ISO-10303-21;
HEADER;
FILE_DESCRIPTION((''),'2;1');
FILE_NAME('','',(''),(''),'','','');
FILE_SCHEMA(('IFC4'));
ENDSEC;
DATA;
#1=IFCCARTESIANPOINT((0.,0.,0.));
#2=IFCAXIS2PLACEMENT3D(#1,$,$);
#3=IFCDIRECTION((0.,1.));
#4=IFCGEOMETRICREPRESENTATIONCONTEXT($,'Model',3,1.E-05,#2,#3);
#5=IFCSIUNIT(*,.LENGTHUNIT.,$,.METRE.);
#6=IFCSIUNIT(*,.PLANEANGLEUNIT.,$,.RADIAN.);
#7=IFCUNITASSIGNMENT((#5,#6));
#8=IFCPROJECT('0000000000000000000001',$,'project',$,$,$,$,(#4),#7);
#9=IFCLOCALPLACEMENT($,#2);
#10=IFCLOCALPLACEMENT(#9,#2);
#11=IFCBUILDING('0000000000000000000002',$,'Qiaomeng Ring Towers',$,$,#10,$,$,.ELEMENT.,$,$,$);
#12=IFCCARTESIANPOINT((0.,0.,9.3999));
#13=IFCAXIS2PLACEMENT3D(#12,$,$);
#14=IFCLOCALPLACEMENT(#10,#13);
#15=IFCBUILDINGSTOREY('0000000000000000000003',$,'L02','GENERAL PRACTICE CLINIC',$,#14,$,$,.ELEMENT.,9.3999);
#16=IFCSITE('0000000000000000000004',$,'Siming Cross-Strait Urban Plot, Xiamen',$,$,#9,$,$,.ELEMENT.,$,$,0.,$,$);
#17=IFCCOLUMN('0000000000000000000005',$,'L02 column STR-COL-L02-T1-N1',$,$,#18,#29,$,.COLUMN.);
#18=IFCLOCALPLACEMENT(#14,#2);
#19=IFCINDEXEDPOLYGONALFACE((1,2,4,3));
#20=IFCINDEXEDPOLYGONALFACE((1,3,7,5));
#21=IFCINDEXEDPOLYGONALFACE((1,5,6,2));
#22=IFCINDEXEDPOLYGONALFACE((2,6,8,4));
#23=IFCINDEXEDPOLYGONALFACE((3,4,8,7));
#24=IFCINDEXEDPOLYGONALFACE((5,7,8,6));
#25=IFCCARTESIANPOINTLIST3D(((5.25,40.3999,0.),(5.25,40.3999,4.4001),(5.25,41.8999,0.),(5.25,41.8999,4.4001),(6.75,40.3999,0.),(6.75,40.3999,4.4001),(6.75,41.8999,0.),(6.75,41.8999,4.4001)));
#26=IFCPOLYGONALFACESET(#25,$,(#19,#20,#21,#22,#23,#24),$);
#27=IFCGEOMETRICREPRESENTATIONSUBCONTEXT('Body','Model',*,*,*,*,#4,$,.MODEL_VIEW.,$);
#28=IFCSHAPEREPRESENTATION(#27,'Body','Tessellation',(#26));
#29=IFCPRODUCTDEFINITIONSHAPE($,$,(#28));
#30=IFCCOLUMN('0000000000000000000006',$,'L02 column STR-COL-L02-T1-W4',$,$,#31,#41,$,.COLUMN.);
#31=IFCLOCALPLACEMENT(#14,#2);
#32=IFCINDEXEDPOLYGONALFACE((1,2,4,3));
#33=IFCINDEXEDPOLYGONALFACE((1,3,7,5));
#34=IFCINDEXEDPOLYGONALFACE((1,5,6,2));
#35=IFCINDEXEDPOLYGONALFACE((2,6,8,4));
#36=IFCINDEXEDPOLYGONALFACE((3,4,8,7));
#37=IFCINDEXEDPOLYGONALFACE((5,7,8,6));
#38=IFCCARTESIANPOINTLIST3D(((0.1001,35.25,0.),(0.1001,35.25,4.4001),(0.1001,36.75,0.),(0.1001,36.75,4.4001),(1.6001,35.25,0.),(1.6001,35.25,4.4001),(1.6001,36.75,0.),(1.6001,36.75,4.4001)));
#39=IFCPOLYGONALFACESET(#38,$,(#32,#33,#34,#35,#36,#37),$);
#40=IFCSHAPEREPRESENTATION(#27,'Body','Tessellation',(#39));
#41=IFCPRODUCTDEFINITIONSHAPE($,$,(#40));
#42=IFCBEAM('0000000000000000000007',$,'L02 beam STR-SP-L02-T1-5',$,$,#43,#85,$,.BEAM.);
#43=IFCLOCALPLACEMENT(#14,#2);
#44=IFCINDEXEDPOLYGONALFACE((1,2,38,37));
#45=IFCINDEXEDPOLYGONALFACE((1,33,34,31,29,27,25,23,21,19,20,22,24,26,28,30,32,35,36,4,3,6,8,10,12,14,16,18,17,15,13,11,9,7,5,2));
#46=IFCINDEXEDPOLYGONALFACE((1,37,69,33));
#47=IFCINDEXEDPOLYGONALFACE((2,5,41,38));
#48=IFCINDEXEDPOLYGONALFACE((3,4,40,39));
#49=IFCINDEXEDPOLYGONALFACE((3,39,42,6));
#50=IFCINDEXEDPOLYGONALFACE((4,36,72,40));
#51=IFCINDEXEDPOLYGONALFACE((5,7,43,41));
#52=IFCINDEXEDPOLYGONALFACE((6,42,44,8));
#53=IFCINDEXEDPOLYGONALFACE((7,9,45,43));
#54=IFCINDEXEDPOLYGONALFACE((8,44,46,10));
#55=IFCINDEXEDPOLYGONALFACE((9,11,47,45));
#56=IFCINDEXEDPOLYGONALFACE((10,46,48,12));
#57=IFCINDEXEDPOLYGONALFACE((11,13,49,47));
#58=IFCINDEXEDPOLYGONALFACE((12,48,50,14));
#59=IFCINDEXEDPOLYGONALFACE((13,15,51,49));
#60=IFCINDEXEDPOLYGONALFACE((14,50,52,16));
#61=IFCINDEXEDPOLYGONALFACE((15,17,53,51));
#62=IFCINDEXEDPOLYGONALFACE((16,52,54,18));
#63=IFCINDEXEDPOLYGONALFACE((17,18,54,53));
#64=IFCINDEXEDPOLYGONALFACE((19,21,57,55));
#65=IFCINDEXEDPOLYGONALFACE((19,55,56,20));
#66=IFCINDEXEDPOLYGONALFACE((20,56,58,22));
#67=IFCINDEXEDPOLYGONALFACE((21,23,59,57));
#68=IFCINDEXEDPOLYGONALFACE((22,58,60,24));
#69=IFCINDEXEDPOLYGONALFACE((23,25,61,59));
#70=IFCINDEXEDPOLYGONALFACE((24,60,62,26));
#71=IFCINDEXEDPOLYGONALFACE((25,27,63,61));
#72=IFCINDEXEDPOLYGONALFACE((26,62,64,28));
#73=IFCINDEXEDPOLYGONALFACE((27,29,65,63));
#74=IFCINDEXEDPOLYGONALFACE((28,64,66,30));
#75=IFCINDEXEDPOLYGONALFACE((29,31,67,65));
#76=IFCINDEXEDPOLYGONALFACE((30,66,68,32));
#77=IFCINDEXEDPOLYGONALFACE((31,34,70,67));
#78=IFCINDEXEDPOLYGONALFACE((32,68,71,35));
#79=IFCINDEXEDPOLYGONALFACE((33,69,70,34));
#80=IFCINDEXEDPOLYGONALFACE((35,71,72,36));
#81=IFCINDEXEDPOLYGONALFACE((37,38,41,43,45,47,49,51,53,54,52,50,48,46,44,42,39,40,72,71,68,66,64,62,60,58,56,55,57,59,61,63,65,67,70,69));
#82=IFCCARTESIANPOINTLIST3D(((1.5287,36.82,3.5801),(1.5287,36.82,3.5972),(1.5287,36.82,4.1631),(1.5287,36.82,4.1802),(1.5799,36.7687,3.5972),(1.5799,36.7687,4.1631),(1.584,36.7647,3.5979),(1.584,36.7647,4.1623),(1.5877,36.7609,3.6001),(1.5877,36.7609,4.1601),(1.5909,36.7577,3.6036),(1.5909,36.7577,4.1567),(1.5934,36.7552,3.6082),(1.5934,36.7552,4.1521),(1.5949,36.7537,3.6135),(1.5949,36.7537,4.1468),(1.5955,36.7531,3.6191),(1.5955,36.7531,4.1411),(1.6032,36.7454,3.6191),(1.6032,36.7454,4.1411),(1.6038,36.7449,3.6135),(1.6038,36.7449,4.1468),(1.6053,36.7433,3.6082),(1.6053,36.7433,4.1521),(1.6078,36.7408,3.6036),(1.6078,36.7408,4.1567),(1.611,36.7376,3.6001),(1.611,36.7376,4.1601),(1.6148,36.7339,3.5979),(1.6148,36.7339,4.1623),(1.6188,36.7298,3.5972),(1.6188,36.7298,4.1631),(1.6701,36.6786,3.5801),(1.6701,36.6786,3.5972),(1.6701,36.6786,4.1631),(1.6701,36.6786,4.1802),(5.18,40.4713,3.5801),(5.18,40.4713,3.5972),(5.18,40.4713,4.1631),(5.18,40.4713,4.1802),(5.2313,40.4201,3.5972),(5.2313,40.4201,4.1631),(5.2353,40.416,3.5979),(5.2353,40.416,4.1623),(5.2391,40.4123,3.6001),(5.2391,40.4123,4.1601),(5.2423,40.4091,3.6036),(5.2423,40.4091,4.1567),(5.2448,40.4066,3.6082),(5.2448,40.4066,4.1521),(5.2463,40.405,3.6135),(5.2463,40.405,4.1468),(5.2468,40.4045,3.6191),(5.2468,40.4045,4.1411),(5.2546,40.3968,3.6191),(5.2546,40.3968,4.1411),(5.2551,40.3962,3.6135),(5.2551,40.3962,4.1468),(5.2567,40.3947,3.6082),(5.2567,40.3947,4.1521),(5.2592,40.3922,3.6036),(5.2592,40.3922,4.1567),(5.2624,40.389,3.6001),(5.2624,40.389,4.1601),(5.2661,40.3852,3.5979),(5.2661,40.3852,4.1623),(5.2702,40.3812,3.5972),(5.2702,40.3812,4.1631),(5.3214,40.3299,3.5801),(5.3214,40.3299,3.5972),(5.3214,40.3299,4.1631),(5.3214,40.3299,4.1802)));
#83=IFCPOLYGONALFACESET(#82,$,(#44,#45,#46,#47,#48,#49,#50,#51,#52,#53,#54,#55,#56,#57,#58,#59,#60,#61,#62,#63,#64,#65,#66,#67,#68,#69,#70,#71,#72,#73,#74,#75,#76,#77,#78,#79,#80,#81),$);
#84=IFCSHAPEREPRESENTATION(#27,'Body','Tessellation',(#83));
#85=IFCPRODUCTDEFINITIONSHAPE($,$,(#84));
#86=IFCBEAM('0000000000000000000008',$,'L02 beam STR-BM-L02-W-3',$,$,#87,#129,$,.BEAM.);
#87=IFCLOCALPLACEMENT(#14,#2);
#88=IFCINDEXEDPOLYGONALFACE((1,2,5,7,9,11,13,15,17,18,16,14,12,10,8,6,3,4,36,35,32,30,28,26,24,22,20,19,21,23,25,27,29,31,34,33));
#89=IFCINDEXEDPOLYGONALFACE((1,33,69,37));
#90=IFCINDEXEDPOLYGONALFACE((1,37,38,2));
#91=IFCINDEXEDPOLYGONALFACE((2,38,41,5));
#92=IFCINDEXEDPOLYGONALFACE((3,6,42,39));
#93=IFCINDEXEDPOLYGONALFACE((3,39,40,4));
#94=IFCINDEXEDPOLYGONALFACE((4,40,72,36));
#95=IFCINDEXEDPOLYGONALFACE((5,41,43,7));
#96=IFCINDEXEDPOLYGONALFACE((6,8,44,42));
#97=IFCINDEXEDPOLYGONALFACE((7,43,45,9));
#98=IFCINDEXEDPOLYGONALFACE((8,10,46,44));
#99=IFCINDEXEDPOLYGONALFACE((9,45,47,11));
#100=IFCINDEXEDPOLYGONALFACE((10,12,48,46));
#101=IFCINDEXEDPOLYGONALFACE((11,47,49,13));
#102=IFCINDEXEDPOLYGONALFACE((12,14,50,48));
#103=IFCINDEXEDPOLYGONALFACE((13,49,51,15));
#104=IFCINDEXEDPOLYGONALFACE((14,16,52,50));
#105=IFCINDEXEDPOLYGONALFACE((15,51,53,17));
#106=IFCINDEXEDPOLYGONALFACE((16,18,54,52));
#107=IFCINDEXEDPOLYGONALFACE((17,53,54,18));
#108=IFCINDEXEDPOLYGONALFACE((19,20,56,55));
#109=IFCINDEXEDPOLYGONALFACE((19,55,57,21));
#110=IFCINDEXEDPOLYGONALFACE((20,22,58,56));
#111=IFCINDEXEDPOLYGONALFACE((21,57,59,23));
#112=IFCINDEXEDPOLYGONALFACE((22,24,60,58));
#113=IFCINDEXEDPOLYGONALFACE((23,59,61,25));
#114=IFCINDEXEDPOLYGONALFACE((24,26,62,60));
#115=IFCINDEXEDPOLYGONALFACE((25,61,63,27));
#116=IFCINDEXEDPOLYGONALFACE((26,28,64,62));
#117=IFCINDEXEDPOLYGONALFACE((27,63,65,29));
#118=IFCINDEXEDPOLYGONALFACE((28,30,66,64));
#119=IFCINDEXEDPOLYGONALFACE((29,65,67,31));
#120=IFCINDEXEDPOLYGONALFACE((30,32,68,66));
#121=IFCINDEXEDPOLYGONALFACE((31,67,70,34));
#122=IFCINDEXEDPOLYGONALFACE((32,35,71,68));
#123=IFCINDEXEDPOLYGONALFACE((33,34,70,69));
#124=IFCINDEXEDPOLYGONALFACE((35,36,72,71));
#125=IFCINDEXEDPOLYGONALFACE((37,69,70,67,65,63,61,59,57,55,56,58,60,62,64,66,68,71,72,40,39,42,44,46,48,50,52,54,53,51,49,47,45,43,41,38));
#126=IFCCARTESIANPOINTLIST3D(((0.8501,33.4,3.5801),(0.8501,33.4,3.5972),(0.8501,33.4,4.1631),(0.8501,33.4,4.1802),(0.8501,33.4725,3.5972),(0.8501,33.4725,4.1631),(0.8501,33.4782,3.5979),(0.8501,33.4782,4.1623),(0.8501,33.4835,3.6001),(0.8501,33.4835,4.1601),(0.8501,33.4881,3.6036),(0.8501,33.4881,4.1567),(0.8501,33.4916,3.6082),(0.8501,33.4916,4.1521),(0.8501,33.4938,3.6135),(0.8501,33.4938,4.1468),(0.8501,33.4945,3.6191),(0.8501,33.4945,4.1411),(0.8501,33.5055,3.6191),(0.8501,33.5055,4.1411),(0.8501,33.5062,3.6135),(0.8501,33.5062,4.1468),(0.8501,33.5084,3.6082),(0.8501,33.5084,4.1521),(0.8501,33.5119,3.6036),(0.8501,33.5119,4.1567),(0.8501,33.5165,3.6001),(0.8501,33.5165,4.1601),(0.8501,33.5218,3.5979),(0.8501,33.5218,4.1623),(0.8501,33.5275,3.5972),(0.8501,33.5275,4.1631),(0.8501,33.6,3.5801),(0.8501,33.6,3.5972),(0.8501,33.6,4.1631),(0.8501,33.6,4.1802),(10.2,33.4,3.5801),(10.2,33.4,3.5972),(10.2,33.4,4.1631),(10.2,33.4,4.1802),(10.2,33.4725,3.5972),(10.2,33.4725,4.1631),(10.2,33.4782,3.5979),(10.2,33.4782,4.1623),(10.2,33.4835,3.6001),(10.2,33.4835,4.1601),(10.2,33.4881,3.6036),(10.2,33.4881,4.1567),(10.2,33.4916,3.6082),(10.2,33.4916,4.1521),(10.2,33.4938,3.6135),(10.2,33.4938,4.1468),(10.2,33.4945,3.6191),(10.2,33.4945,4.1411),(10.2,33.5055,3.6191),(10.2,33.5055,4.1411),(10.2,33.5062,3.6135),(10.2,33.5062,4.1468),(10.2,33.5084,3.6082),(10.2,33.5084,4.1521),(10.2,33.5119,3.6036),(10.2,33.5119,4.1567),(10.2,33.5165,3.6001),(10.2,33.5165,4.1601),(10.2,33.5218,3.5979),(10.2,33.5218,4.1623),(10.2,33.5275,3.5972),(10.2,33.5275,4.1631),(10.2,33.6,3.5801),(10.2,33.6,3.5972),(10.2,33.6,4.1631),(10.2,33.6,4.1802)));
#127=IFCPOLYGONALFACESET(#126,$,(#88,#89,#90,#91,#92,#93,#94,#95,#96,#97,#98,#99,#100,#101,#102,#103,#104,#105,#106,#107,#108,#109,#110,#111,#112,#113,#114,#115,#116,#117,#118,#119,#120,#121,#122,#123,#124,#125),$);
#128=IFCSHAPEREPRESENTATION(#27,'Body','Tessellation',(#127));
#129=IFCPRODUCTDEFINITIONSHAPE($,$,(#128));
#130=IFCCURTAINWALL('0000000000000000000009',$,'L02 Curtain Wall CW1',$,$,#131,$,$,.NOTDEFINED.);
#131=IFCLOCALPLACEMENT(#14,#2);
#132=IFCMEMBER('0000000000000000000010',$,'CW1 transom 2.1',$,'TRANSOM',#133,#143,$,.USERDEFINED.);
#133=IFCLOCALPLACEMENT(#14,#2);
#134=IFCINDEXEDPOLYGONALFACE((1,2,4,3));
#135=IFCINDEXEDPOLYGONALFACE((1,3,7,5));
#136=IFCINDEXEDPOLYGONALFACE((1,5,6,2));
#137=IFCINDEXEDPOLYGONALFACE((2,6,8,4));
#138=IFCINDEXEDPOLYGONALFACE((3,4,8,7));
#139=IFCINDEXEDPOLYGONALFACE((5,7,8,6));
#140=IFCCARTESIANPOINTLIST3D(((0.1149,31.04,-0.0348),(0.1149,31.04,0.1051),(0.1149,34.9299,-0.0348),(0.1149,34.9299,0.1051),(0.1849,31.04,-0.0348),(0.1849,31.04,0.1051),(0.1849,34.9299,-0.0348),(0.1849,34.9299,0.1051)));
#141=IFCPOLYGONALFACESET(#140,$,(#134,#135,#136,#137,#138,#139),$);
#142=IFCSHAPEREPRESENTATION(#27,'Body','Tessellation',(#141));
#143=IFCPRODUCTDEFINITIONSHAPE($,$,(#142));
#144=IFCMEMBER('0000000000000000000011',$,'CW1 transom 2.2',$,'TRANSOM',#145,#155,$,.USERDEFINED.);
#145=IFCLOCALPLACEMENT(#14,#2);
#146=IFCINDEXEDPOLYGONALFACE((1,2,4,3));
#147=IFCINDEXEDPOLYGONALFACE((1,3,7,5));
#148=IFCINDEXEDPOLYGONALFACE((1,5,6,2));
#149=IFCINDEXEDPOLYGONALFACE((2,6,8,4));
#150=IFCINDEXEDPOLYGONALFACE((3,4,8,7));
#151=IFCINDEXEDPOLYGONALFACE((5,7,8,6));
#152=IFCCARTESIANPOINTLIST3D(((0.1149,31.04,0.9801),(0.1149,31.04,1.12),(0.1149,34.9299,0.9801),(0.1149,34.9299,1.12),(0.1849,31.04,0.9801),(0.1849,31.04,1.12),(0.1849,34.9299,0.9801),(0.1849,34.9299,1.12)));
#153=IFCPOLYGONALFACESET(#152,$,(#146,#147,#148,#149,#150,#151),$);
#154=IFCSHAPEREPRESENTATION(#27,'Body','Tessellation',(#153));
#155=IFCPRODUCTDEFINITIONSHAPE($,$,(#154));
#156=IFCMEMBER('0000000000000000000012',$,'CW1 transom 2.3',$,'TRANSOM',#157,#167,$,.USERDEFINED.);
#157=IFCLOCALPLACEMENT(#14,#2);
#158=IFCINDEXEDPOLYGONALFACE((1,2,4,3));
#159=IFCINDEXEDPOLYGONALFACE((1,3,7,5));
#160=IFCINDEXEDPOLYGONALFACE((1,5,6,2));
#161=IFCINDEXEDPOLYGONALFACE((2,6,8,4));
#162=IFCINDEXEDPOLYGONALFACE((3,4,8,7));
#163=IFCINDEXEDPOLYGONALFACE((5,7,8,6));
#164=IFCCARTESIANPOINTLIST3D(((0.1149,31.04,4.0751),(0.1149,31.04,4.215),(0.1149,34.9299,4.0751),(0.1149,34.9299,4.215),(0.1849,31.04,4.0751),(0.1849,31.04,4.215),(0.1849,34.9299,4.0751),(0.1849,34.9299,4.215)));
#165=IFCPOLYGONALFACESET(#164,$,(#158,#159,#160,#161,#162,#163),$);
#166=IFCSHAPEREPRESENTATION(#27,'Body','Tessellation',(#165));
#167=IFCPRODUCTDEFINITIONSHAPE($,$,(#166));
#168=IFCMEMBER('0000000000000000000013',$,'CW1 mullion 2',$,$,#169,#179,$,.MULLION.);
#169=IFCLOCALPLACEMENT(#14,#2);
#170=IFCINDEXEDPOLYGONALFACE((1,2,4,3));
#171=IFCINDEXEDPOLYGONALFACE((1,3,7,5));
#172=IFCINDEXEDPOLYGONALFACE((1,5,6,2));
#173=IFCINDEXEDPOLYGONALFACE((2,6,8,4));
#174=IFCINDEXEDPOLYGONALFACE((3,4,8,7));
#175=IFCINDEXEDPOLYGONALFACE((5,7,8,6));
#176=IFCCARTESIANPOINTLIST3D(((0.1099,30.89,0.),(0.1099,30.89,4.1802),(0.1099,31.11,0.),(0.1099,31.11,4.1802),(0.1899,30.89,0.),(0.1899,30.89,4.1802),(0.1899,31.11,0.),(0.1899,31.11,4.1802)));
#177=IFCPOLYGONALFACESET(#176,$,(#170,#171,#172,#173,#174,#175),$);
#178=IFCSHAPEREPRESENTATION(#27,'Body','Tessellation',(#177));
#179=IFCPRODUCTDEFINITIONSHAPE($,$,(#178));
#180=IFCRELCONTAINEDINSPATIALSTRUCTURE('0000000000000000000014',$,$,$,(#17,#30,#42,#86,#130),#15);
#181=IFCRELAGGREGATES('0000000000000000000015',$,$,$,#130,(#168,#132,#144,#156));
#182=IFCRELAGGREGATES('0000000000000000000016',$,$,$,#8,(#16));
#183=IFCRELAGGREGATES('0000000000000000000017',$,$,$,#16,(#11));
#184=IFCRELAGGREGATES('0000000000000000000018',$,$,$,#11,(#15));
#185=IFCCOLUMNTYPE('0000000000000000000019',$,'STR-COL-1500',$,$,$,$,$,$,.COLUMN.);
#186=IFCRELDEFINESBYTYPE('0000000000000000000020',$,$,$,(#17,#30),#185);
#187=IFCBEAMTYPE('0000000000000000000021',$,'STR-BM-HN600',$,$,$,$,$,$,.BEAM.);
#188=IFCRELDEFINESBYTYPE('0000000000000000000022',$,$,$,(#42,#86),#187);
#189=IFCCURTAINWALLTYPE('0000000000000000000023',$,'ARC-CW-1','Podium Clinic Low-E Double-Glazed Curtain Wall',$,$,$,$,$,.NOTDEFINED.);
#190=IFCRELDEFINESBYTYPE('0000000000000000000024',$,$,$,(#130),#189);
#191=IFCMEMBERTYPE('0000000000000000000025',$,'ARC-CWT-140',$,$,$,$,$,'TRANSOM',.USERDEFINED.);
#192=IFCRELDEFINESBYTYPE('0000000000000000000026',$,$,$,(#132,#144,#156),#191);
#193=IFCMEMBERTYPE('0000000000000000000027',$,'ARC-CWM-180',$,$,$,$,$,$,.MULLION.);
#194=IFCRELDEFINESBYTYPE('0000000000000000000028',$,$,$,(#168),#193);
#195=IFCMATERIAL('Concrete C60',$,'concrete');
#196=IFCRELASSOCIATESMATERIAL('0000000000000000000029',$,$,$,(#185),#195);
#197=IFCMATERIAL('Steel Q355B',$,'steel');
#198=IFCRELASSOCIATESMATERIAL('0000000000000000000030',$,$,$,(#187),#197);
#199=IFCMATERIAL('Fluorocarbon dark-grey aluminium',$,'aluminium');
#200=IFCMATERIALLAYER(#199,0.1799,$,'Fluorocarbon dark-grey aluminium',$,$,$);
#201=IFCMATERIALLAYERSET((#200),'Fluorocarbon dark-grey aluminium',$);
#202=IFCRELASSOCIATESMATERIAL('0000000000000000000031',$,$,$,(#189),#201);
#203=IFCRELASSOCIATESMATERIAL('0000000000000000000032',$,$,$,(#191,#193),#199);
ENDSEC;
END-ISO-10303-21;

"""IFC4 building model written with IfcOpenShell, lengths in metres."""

from ifc_helpers import new_model, si_unit, direction, frame, origin, origin_2d, place, context, subcontext, project, spatial, rectangle, i_section, extrude, source, transform, mapped, material, layer, layer_set, material_profile, profile_set, type_object, element, aggregate, save


model = new_model("IFC4")

# Units and contexts
model_context = context("Model", 3, precision=1e-05, world=origin(), true_north=direction((0.0, 1.0)))
body_context = subcontext(model_context, "Body", "Model", "MODEL_VIEW")
ifc_project = project(units=[si_unit("LENGTHUNIT", "METRE"), si_unit("PLANEANGLEUNIT", "RADIAN")], contexts=[model_context])

# Site, building, storey
site_placement = place(None, origin())
site = spatial("IfcSite", under=ifc_project, at=site_placement, Name="Siming Cross-Strait Urban Plot, Xiamen", CompositionType="ELEMENT", RefElevation=0.0)
building_placement = place(site_placement, origin())
building = spatial("IfcBuilding", under=site, at=building_placement, Name="Qiaomeng Ring Towers", CompositionType="ELEMENT")
storey_placement = place(building_placement, frame((0.0, 0.0, 9.3999)))
storey = spatial("IfcBuildingStorey", under=building, at=storey_placement, Name="L02", Description="GENERAL PRACTICE CLINIC", CompositionType="ELEMENT", Elevation=9.3999)

# Columns
ifc_material_1 = material(Name="Concrete C60", Category="concrete")
ifc_material_profile_1 = material_profile(ifc_material_1, rectangle(XDim=1.5, YDim=1.5, at=origin_2d()), Name="RC COL 1500x1500")
ifc_profile_set_1 = profile_set([ifc_material_profile_1], Name="Concrete C60")
column_type = type_object("IfcColumnType", Name="STR-COL-1500", PredefinedType="COLUMN", material=ifc_profile_set_1)
shared_shape_1 = source(origin(), body_context, "Body", "SweptSolid", [
    extrude(rectangle(XDim=1.5, YDim=1.5, at=origin_2d()), origin(), (0.0, 0.0, 1.0), 4.4001),
])
for number, where, z_axis, x_axis, name in (
    (1, (6.0, 41.1499, 0.0), (0.0, 0.0, 1.0), (1.0, 0.0, 0.0), "L02 column STR-COL-L02-T1-N1"),
    (2, (0.8501, 36.0, 0.0), (0.0, 0.0, 1.0), (1.0, 0.0, 0.0), "L02 column STR-COL-L02-T1-W4"),
):
    element("IfcColumn", number, at=place(storey_placement, frame(where, z_axis=z_axis, x_axis=x_axis)), inside=storey, type_object=column_type, Name=name, PredefinedType="COLUMN", context=body_context, shape_type="MappedRepresentation", body=[
        mapped(shared_shape_1, transform((0.0, 0.0, 0.0), x_axis=(1.0, 0.0, 0.0), y_axis=(0.0, 1.0, 0.0), z_axis=(0.0, 0.0, 1.0), scale=1.0)),
    ])

# Beams
ifc_material_2 = material(Name="Steel Q355B", Category="steel")
ifc_material_profile_2 = material_profile(ifc_material_2, i_section(OverallWidth=0.2, OverallDepth=0.6001, WebThickness=0.011, FlangeThickness=0.0171, FilletRadius=0.022, at=origin_2d()), Name="HN 600x200x11x17")
ifc_profile_set_2 = profile_set([ifc_material_profile_2], Name="Steel Q355B")
beam_type = type_object("IfcBeamType", Name="STR-BM-HN600", PredefinedType="BEAM", material=ifc_profile_set_2)
shared_shape_2 = source(origin(), body_context, "Body", "SweptSolid", [
    extrude(i_section(OverallWidth=0.2, OverallDepth=0.6001, WebThickness=0.011, FlangeThickness=0.0171, FilletRadius=0.022, at=origin_2d()), origin(), (0.0, 0.0, 1.0), 5.1638),
])
beam_1_placement = place(storey_placement, frame((5.2507, 40.4006, 3.8801), z_axis=(-0.707107, -0.707107, 0.0), x_axis=(0.707107, -0.707107, 0.0)))
element("IfcBeam", 3, at=beam_1_placement, inside=storey, type_object=beam_type, Name="L02 beam STR-SP-L02-T1-5", PredefinedType="BEAM", context=body_context, shape_type="MappedRepresentation", body=[
    mapped(shared_shape_2, transform((0.0, 0.0, 0.0), x_axis=(1.0, 0.0, 0.0), y_axis=(0.0, 1.0, 0.0), z_axis=(0.0, 0.0, 1.0), scale=1.0)),
])
shared_shape_3 = source(origin(), body_context, "Body", "SweptSolid", [
    extrude(i_section(OverallWidth=0.2, OverallDepth=0.6001, WebThickness=0.011, FlangeThickness=0.0171, FilletRadius=0.022, at=origin_2d()), origin(), (0.0, 0.0, 1.0), 9.3499),
])
beam_2_placement = place(storey_placement, frame((0.8501, 33.5, 3.8801), z_axis=(1.0, 0.0, 0.0), x_axis=(0.0, 1.0, 0.0)))
element("IfcBeam", 4, at=beam_2_placement, inside=storey, type_object=beam_type, Name="L02 beam STR-BM-L02-W-3", PredefinedType="BEAM", context=body_context, shape_type="MappedRepresentation", body=[
    mapped(shared_shape_3, transform((0.0, 0.0, 0.0), x_axis=(1.0, 0.0, 0.0), y_axis=(0.0, 1.0, 0.0), z_axis=(0.0, 0.0, 1.0), scale=1.0)),
])

# Curtain wall, members
ifc_material_3 = material(Name="Fluorocarbon dark-grey aluminium", Category="aluminium")
ifc_layer_1 = layer(ifc_material_3, 0.1799, Name="Fluorocarbon dark-grey aluminium")
ifc_layer_set_1 = layer_set([ifc_layer_1], Name="Fluorocarbon dark-grey aluminium")
curtain_wall_type = type_object("IfcCurtainWallType", Name="ARC-CW-1", Description="Podium Clinic Low-E Double-Glazed Curtain Wall", PredefinedType="NOTDEFINED", material=ifc_layer_set_1)
curtain_wall_placement = place(storey_placement, origin())
curtain_wall = element("IfcCurtainWall", 5, at=curtain_wall_placement, inside=storey, type_object=curtain_wall_type, Name="L02 Curtain Wall CW1", PredefinedType="NOTDEFINED")
ifc_material_profile_3 = material_profile(ifc_material_3, rectangle(XDim=0.0701, YDim=0.1399, at=origin_2d()), Name="ALU TRAN 70x140")
ifc_profile_set_3 = profile_set([ifc_material_profile_3], Name="Fluorocarbon dark-grey aluminium")
member_type_1 = type_object("IfcMemberType", Name="ARC-CWT-140", ElementType="TRANSOM", PredefinedType="USERDEFINED", material=ifc_profile_set_3)
shared_shape_4 = source(origin(), body_context, "Body", "SweptSolid", [
    extrude(rectangle(XDim=0.0701, YDim=0.1399, at=origin_2d()), origin(), (0.0, 0.0, 1.0), 3.8899),
])
member_1_placement = place(storey_placement, frame((0.1499, 31.04, 0.0352), z_axis=(0.0, 1.0, 0.0), x_axis=(-1.0, 0.0, 0.0)))
member_1 = element("IfcMember", 6, at=member_1_placement, type_object=member_type_1, Name="CW1 transom 2.1", ObjectType="TRANSOM", PredefinedType="USERDEFINED", context=body_context, shape_type="MappedRepresentation", body=[
    mapped(shared_shape_4, transform((0.0, 0.0, 0.0), x_axis=(1.0, 0.0, 0.0), y_axis=(0.0, 1.0, 0.0), z_axis=(0.0, 0.0, 1.0), scale=1.0)),
])
member_2_placement = place(storey_placement, frame((0.1499, 31.04, 1.05), z_axis=(0.0, 1.0, 0.0), x_axis=(-1.0, 0.0, 0.0)))
member_2 = element("IfcMember", 7, at=member_2_placement, type_object=member_type_1, Name="CW1 transom 2.2", ObjectType="TRANSOM", PredefinedType="USERDEFINED", context=body_context, shape_type="MappedRepresentation", body=[
    mapped(shared_shape_4, transform((0.0, 0.0, 0.0), x_axis=(1.0, 0.0, 0.0), y_axis=(0.0, 1.0, 0.0), z_axis=(0.0, 0.0, 1.0), scale=1.0)),
])
member_3_placement = place(storey_placement, frame((0.1499, 31.04, 4.145), z_axis=(0.0, 1.0, 0.0), x_axis=(-1.0, 0.0, 0.0)))
member_3 = element("IfcMember", 8, at=member_3_placement, type_object=member_type_1, Name="CW1 transom 2.3", ObjectType="TRANSOM", PredefinedType="USERDEFINED", context=body_context, shape_type="MappedRepresentation", body=[
    mapped(shared_shape_4, transform((0.0, 0.0, 0.0), x_axis=(1.0, 0.0, 0.0), y_axis=(0.0, 1.0, 0.0), z_axis=(0.0, 0.0, 1.0), scale=1.0)),
])
ifc_material_profile_4 = material_profile(ifc_material_3, rectangle(XDim=0.0801, YDim=0.22, at=origin_2d()), Name="ALU MULL 80x220")
ifc_profile_set_4 = profile_set([ifc_material_profile_4], Name="Fluorocarbon dark-grey aluminium")
member_type_2 = type_object("IfcMemberType", Name="ARC-CWM-180", PredefinedType="MULLION", material=ifc_profile_set_4)
shared_shape_5 = source(origin(), body_context, "Body", "SweptSolid", [
    extrude(rectangle(XDim=0.0801, YDim=0.22, at=origin_2d()), origin(), (0.0, 0.0, 1.0), 4.1802),
])
member_4_placement = place(storey_placement, frame((0.1499, 31.0, 0.0), z_axis=(0.0, 0.0, 1.0), x_axis=(-1.0, 0.0, 0.0)))
member_4 = element("IfcMember", 9, at=member_4_placement, type_object=member_type_2, Name="CW1 mullion 2", PredefinedType="MULLION", context=body_context, shape_type="MappedRepresentation", body=[
    mapped(shared_shape_5, transform((0.0, 0.0, 0.0), x_axis=(1.0, 0.0, 0.0), y_axis=(0.0, 1.0, 0.0), z_axis=(0.0, 0.0, 1.0), scale=1.0)),
])
aggregate(curtain_wall, [member_4, member_1, member_2, member_3])

save(model, "model.ifc")
